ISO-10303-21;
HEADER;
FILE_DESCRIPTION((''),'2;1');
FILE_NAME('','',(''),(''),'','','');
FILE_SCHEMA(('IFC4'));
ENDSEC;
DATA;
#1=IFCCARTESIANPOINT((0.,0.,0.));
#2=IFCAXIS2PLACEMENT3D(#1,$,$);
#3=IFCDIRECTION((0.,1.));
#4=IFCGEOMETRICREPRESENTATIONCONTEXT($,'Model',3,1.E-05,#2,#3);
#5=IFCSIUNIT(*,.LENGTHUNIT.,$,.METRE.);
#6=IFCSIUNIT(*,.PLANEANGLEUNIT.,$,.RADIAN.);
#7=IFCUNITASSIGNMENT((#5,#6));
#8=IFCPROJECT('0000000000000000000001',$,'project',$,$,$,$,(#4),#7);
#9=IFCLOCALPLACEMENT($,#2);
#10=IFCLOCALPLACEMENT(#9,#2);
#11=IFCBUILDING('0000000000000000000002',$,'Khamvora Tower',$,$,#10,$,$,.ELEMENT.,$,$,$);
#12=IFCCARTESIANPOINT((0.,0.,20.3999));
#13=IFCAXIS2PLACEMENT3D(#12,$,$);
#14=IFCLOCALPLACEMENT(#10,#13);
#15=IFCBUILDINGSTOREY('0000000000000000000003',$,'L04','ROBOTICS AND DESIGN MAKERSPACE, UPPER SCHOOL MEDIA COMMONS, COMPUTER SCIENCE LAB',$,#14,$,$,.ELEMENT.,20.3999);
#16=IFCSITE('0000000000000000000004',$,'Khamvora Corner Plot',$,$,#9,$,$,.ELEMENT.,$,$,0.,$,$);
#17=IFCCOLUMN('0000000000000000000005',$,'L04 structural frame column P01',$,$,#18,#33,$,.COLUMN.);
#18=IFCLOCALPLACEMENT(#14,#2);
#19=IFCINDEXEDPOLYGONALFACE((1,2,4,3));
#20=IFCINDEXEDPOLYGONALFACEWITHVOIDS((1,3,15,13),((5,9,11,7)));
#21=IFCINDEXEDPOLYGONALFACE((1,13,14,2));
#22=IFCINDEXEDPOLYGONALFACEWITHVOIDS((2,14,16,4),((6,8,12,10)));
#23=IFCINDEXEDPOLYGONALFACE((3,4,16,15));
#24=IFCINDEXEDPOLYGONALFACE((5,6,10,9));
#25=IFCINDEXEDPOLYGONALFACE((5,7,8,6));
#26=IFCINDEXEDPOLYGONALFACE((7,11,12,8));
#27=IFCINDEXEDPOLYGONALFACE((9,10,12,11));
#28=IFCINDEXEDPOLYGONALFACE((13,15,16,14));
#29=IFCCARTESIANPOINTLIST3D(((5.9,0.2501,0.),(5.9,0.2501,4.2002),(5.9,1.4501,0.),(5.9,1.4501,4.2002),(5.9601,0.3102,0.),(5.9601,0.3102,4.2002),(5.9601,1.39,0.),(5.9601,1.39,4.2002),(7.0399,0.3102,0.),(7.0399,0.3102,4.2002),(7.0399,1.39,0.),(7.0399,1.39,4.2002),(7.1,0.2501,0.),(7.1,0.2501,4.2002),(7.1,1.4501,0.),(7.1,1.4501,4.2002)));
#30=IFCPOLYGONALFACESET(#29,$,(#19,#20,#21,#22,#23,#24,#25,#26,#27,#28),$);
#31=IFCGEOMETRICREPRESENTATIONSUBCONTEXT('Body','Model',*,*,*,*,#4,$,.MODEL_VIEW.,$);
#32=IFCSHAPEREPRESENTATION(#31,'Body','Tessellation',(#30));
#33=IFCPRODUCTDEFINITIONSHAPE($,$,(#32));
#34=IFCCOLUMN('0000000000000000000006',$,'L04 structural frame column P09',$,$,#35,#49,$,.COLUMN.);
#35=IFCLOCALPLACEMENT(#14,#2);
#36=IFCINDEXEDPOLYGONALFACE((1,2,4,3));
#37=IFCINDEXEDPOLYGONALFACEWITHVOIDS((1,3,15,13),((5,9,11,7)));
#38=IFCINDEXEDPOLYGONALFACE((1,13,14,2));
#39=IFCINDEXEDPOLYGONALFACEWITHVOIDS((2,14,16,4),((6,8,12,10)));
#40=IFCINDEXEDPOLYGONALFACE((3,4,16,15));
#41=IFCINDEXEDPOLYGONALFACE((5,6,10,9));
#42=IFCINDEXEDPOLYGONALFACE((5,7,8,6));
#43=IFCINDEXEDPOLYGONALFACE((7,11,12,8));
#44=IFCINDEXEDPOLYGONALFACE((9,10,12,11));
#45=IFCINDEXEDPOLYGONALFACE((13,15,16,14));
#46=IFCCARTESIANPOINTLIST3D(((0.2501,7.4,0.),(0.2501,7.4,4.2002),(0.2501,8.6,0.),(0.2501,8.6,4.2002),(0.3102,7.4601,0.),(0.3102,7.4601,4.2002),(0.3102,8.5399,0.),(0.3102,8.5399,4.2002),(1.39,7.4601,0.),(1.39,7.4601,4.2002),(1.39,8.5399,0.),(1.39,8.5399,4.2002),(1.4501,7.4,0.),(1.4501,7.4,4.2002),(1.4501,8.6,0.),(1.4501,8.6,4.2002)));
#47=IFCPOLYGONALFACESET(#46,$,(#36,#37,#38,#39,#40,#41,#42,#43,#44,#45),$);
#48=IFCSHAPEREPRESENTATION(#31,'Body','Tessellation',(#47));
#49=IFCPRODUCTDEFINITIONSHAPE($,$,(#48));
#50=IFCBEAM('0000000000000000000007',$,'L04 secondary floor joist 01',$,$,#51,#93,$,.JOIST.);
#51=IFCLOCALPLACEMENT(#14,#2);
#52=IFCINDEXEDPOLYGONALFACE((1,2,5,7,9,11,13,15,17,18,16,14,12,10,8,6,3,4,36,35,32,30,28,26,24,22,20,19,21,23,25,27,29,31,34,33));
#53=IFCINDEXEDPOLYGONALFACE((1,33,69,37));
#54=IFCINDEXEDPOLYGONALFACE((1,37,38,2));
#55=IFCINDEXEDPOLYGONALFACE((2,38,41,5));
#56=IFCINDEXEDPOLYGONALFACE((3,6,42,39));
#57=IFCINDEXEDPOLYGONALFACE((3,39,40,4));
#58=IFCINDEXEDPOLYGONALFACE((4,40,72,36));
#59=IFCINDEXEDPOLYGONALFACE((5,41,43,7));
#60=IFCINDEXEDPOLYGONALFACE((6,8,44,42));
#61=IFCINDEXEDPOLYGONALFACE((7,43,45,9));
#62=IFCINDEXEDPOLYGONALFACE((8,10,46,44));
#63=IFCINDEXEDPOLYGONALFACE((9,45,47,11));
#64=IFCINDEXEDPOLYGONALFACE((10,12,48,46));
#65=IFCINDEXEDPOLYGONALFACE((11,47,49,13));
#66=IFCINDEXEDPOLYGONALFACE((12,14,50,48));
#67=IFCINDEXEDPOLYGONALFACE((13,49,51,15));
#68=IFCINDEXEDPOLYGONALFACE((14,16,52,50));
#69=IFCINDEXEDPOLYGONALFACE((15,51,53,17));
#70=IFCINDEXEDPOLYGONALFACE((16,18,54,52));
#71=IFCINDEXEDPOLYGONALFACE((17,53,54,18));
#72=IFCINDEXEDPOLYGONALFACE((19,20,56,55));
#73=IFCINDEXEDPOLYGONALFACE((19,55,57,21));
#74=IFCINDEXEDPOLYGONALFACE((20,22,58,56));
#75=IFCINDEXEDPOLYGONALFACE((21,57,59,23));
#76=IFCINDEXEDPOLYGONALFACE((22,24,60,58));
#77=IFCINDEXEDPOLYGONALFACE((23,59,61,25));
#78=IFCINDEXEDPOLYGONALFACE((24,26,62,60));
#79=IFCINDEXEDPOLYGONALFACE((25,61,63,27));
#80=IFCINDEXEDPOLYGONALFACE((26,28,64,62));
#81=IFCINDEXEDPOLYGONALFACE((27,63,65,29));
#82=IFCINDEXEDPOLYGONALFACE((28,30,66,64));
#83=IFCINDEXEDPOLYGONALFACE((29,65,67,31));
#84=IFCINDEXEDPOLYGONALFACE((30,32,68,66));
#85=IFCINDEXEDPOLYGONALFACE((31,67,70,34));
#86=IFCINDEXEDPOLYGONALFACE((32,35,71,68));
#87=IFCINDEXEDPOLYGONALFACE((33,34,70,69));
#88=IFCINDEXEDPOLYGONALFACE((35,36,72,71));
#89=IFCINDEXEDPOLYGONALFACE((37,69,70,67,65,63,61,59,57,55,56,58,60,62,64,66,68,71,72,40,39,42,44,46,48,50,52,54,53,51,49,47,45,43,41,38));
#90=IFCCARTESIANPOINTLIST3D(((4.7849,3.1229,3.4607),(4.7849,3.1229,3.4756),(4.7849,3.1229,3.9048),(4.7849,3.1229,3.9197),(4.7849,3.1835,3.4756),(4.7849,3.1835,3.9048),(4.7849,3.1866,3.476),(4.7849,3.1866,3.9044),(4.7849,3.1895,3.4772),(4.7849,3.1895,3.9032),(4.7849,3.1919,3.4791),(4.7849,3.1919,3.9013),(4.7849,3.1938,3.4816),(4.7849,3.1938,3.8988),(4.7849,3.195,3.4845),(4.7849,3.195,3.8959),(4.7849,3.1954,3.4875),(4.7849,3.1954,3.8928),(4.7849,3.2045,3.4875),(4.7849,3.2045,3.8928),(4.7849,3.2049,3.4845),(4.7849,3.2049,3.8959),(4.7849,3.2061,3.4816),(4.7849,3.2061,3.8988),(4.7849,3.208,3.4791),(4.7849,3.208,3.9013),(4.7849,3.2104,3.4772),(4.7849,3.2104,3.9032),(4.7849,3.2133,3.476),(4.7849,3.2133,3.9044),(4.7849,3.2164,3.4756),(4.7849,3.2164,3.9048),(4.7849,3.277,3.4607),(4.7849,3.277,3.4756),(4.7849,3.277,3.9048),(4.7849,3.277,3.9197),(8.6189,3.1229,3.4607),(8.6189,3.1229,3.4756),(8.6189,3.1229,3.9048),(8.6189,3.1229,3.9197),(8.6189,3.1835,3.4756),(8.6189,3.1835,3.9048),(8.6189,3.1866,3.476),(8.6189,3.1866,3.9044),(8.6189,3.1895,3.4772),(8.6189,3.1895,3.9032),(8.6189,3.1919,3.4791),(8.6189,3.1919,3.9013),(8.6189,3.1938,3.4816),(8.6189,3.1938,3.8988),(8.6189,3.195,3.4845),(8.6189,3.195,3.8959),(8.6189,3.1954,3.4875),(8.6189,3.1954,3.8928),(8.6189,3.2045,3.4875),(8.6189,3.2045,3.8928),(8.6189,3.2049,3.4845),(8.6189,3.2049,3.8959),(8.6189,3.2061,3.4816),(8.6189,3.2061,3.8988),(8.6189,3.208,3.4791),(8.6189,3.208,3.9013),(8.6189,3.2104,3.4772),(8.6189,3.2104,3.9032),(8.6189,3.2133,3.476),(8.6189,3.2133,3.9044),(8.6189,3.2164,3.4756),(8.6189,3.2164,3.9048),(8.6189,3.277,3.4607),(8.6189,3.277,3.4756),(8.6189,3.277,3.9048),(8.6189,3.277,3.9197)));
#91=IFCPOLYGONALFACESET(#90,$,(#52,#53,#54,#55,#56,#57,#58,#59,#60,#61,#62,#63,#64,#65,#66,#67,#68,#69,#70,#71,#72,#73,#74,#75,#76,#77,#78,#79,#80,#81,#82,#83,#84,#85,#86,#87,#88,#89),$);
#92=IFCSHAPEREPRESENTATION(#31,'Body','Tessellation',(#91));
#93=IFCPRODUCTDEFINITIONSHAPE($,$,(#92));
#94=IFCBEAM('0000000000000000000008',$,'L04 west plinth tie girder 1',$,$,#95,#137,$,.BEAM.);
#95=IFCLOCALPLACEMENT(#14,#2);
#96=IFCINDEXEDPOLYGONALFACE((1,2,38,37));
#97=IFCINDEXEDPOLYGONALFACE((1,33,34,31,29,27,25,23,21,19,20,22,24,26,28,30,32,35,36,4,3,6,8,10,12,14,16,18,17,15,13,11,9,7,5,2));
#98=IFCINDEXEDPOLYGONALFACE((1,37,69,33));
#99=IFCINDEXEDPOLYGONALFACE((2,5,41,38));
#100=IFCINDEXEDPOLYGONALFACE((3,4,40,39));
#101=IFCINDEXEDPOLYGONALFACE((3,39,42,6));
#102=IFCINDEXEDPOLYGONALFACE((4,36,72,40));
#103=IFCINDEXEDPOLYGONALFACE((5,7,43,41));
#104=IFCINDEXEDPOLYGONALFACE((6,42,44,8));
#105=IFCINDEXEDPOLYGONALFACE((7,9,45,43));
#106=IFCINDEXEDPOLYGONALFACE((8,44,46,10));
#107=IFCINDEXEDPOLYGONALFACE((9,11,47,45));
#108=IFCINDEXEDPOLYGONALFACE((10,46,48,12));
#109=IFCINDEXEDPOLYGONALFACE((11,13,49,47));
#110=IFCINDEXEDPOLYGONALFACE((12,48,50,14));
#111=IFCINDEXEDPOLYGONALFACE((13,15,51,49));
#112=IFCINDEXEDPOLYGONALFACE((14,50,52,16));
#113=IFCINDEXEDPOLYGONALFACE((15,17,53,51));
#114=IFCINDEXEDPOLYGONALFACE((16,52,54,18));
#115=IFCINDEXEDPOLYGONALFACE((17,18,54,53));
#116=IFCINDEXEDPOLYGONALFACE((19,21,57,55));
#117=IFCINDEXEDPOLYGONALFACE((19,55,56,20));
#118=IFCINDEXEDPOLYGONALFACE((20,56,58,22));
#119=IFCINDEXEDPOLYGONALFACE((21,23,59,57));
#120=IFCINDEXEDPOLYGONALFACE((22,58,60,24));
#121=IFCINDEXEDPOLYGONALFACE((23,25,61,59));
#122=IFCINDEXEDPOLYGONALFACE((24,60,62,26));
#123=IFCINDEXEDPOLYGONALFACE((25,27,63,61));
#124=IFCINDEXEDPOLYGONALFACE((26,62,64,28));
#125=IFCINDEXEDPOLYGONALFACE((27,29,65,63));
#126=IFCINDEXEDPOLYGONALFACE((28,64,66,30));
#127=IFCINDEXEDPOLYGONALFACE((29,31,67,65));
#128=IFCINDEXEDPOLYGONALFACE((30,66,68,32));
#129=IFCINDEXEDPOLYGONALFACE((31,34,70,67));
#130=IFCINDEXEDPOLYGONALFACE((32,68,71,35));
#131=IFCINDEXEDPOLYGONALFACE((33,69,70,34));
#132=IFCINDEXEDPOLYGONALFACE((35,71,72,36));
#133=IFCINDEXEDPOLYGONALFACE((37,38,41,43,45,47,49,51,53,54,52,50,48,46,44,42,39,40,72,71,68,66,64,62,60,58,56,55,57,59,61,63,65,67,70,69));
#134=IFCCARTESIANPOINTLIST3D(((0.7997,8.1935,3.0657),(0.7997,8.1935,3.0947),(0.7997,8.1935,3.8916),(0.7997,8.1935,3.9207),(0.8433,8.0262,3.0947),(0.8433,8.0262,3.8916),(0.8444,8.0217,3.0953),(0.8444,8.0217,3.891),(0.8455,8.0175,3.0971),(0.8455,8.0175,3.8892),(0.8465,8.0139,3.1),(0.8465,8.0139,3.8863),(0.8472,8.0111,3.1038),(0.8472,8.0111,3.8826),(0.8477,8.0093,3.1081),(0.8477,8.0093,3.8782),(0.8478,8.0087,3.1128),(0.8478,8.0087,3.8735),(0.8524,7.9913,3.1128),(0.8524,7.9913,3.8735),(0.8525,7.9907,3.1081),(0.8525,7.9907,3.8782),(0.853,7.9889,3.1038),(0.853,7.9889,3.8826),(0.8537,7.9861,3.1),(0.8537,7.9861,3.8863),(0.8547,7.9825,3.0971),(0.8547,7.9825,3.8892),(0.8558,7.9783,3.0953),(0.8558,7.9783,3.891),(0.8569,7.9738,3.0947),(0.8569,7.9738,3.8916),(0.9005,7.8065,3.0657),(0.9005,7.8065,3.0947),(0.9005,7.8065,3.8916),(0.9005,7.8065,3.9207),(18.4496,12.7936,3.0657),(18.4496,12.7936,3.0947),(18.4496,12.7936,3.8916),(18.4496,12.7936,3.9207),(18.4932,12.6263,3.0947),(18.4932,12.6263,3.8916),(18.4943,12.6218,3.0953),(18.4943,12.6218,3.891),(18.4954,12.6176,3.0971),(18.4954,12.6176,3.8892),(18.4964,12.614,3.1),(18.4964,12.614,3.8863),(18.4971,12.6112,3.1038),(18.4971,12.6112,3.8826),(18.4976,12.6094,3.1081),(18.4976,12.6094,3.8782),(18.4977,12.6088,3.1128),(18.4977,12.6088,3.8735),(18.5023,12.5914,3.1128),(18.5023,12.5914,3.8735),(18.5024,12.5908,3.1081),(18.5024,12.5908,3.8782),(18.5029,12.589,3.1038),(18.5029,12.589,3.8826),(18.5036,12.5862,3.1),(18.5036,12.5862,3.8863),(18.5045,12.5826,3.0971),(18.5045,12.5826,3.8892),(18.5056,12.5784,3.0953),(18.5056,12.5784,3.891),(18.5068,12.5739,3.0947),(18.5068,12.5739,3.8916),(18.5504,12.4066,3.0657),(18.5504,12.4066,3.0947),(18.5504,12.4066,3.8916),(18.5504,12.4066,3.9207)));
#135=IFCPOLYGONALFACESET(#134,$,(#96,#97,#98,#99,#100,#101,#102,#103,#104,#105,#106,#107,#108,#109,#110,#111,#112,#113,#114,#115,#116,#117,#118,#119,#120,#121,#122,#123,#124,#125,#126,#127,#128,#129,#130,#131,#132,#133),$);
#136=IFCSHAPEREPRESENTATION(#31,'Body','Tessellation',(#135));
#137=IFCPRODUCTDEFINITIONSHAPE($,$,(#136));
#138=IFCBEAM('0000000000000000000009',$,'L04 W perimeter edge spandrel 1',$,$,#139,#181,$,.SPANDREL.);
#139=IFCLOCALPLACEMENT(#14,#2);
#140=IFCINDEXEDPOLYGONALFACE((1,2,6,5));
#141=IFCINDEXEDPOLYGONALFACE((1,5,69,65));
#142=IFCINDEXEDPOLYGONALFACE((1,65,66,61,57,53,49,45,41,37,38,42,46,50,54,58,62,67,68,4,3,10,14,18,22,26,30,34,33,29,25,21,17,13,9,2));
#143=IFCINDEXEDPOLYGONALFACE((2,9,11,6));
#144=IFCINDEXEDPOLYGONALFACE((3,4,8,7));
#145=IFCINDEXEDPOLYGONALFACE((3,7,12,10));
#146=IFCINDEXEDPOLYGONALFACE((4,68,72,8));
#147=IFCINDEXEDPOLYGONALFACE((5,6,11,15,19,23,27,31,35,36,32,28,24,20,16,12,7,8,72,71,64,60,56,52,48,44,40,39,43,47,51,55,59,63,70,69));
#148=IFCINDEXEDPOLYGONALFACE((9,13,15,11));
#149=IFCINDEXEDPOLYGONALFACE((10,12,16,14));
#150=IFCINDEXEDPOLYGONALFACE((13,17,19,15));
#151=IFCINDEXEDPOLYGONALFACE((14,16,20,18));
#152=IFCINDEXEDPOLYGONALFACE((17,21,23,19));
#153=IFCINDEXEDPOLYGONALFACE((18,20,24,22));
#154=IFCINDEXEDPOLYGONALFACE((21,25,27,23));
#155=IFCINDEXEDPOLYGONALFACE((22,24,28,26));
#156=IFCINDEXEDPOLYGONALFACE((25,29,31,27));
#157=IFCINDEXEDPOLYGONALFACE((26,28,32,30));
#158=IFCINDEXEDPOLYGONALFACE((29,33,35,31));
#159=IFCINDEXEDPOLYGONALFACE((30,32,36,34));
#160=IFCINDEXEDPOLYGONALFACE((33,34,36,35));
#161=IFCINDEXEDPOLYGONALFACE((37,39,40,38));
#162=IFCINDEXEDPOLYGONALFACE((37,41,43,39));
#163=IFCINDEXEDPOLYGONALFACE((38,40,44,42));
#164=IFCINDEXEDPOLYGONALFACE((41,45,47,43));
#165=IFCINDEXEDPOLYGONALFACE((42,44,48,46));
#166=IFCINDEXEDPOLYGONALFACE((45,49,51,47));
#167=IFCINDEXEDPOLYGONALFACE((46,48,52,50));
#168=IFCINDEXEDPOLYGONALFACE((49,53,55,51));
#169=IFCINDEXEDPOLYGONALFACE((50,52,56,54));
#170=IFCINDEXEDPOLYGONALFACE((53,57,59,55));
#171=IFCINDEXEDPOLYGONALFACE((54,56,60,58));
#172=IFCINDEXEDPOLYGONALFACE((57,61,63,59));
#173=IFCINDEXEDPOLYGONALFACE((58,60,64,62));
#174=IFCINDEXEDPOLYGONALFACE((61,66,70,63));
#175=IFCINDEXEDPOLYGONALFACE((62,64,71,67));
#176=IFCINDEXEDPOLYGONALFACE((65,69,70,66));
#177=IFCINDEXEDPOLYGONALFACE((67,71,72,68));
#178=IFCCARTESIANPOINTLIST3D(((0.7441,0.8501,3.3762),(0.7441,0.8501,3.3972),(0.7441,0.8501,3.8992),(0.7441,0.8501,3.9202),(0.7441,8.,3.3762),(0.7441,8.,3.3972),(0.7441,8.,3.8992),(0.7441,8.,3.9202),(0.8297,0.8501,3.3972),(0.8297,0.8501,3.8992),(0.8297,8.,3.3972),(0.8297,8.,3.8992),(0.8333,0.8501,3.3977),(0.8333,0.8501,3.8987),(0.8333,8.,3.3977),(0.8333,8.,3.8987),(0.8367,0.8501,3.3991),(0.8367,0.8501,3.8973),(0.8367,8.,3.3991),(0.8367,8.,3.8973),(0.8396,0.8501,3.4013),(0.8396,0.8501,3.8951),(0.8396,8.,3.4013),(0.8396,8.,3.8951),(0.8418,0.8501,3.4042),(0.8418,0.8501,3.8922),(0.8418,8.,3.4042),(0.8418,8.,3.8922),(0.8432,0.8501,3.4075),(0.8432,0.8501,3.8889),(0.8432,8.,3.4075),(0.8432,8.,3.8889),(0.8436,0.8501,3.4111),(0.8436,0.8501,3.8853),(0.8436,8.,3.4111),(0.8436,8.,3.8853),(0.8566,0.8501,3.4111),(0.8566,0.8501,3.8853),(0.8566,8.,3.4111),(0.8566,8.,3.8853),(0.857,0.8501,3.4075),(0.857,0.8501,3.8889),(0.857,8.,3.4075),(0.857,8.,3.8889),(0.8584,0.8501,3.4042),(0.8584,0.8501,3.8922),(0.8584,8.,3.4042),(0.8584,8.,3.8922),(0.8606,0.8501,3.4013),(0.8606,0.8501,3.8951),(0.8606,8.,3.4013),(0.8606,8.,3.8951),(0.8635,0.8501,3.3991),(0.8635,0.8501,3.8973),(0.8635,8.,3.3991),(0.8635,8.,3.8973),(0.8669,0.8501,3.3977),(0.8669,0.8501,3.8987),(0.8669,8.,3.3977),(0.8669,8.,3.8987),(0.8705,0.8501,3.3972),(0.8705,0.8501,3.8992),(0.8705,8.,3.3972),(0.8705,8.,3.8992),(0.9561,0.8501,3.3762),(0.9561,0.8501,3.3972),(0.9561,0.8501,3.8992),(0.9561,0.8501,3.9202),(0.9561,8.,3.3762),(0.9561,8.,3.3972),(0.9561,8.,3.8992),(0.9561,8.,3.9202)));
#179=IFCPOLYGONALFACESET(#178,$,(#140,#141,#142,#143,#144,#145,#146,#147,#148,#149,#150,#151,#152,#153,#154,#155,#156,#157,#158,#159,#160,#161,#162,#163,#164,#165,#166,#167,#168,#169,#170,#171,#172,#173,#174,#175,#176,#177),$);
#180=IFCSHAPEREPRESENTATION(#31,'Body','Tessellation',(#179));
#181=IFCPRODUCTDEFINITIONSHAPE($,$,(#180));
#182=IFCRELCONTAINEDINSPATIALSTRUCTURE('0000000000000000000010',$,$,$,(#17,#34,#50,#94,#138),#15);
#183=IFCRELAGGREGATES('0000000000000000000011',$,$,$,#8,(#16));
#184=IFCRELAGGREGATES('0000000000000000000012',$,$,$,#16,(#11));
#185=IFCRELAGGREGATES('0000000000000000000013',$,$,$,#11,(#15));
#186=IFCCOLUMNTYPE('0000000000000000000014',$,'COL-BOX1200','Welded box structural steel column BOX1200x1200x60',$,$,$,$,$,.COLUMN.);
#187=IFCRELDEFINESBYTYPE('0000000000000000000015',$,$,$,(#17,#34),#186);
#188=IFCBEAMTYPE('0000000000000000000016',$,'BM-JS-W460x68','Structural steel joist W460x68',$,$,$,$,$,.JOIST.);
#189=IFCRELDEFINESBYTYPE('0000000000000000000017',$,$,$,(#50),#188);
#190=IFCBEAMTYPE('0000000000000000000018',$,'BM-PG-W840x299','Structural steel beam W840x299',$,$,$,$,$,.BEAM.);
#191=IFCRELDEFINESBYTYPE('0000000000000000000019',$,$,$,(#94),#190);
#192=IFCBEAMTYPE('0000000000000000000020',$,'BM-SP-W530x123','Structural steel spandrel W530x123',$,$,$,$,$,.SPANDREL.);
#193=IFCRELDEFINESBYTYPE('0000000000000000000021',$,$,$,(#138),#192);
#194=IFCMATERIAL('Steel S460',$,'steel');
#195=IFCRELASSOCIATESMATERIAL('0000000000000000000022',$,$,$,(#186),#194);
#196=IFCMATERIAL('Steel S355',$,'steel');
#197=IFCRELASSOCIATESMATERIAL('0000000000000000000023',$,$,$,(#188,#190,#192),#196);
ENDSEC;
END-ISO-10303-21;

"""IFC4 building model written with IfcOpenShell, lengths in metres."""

from ifc_helpers import new_model, si_unit, direction, frame, origin, origin_2d, place, context, subcontext, project, spatial, hollow_rectangle, i_section, extrude, material, material_profile, profile_set, type_object, element, save


model = new_model("IFC4")

# Units and contexts
model_context = context("Model", 3, precision=1e-05, world=origin(), true_north=direction((0.0, 1.0)))
body_context = subcontext(model_context, "Body", "Model", "MODEL_VIEW")
ifc_project = project(units=[si_unit("LENGTHUNIT", "METRE"), si_unit("PLANEANGLEUNIT", "RADIAN")], contexts=[model_context])

# Site, building, storey
site_placement = place(None, origin())
site = spatial("IfcSite", under=ifc_project, at=site_placement, Name="Khamvora Corner Plot", CompositionType="ELEMENT", RefElevation=0.0)
building_placement = place(site_placement, origin())
building = spatial("IfcBuilding", under=site, at=building_placement, Name="Khamvora Tower", CompositionType="ELEMENT")
storey_placement = place(building_placement, frame((0.0, 0.0, 20.3999)))
storey = spatial("IfcBuildingStorey", under=building, at=storey_placement, Name="L04", Description="ROBOTICS AND DESIGN MAKERSPACE, UPPER SCHOOL MEDIA COMMONS, COMPUTER SCIENCE LAB", CompositionType="ELEMENT", Elevation=20.3999)

# Columns
ifc_material_1 = material(Name="Steel S460", Category="steel")
ifc_material_profile_1 = material_profile(ifc_material_1, hollow_rectangle(XDim=1.2, YDim=1.2, WallThickness=0.0601, at=origin_2d()), Name="BOX1200x1200x60")
ifc_profile_set_1 = profile_set([ifc_material_profile_1], Name="Steel S460")
column_type = type_object("IfcColumnType", Name="COL-BOX1200", Description="Welded box structural steel column BOX1200x1200x60", PredefinedType="COLUMN", material=ifc_profile_set_1)
for number, where, z_axis, x_axis, name in (
    (1, (6.5, 0.8501, 0.0), (0.0, 0.0, 1.0), (1.0, 0.0, 0.0), "L04 structural frame column P01"),
    (2, (0.8501, 8.0, 0.0), (0.0, 0.0, 1.0), (1.0, 0.0, 0.0), "L04 structural frame column P09"),
):
    element("IfcColumn", number, at=place(storey_placement, frame(where, z_axis=z_axis, x_axis=x_axis)), inside=storey, type_object=column_type, Name=name, PredefinedType="COLUMN", context=body_context, shape_type="SweptSolid", body=[
        extrude(hollow_rectangle(XDim=1.2, YDim=1.2, WallThickness=0.0601, at=origin_2d()), origin(), (0.0, 0.0, 1.0), 4.2002),
    ])

# Beams
ifc_material_2 = material(Name="Steel S355", Category="steel")
ifc_material_profile_2 = material_profile(ifc_material_2, i_section(OverallWidth=0.1541, OverallDepth=0.459, WebThickness=0.009, FlangeThickness=0.0149, FilletRadius=0.012, at=origin_2d()), Name="W460x68")
ifc_profile_set_2 = profile_set([ifc_material_profile_2], Name="Steel S355")
beam_type_1 = type_object("IfcBeamType", Name="BM-JS-W460x68", Description="Structural steel joist W460x68", PredefinedType="JOIST", material=ifc_profile_set_2)
beam_1_placement = place(storey_placement, frame((4.7849, 3.2, 3.6902), z_axis=(1.0, 0.0, 0.0), x_axis=(0.0, 1.0, 0.0)))
element("IfcBeam", 3, at=beam_1_placement, inside=storey, type_object=beam_type_1, Name="L04 secondary floor joist 01", PredefinedType="JOIST", context=body_context, shape_type="SweptSolid", body=[
    extrude(i_section(OverallWidth=0.1541, OverallDepth=0.459, WebThickness=0.009, FlangeThickness=0.0149, FilletRadius=0.012, at=origin_2d()), origin(), (0.0, 0.0, 1.0), 3.834),
])
ifc_material_profile_3 = material_profile(ifc_material_2, i_section(OverallWidth=0.3999, OverallDepth=0.855, WebThickness=0.0181, FlangeThickness=0.0291, FilletRadius=0.0181, at=origin_2d()), Name="W840x299")
ifc_profile_set_3 = profile_set([ifc_material_profile_3], Name="Steel S355")
beam_type_2 = type_object("IfcBeamType", Name="BM-PG-W840x299", Description="Structural steel beam W840x299", PredefinedType="BEAM", material=ifc_profile_set_3)
beam_2_placement = place(storey_placement, frame((0.8501, 8.0, 3.4932), z_axis=(0.967674, 0.252205, 0.0), x_axis=(-0.252205, 0.967674, 0.0)))
element("IfcBeam", 4, at=beam_2_placement, inside=storey, type_object=beam_type_2, Name="L04 west plinth tie girder 1", PredefinedType="BEAM", context=body_context, shape_type="SweptSolid", body=[
    extrude(i_section(OverallWidth=0.3999, OverallDepth=0.855, WebThickness=0.0181, FlangeThickness=0.0291, FilletRadius=0.0181, at=origin_2d()), origin(), (0.0, 0.0, 1.0), 18.2395),
])
ifc_material_profile_4 = material_profile(ifc_material_2, i_section(OverallWidth=0.2119, OverallDepth=0.5439, WebThickness=0.0129, FlangeThickness=0.021, FilletRadius=0.0139, at=origin_2d()), Name="W530x123")
ifc_profile_set_4 = profile_set([ifc_material_profile_4], Name="Steel S355")
beam_type_3 = type_object("IfcBeamType", Name="BM-SP-W530x123", Description="Structural steel spandrel W530x123", PredefinedType="SPANDREL", material=ifc_profile_set_4)
beam_3_placement = place(storey_placement, frame((0.8501, 0.8501, 3.6482), z_axis=(0.0, 1.0, 0.0), x_axis=(-1.0, 0.0, 0.0)))
element("IfcBeam", 5, at=beam_3_placement, inside=storey, type_object=beam_type_3, Name="L04 W perimeter edge spandrel 1", PredefinedType="SPANDREL", context=body_context, shape_type="SweptSolid", body=[
    extrude(i_section(OverallWidth=0.2119, OverallDepth=0.5439, WebThickness=0.0129, FlangeThickness=0.021, FilletRadius=0.0139, at=origin_2d()), origin(), (0.0, 0.0, 1.0), 7.1499),
])

save(model, "model.ifc")
